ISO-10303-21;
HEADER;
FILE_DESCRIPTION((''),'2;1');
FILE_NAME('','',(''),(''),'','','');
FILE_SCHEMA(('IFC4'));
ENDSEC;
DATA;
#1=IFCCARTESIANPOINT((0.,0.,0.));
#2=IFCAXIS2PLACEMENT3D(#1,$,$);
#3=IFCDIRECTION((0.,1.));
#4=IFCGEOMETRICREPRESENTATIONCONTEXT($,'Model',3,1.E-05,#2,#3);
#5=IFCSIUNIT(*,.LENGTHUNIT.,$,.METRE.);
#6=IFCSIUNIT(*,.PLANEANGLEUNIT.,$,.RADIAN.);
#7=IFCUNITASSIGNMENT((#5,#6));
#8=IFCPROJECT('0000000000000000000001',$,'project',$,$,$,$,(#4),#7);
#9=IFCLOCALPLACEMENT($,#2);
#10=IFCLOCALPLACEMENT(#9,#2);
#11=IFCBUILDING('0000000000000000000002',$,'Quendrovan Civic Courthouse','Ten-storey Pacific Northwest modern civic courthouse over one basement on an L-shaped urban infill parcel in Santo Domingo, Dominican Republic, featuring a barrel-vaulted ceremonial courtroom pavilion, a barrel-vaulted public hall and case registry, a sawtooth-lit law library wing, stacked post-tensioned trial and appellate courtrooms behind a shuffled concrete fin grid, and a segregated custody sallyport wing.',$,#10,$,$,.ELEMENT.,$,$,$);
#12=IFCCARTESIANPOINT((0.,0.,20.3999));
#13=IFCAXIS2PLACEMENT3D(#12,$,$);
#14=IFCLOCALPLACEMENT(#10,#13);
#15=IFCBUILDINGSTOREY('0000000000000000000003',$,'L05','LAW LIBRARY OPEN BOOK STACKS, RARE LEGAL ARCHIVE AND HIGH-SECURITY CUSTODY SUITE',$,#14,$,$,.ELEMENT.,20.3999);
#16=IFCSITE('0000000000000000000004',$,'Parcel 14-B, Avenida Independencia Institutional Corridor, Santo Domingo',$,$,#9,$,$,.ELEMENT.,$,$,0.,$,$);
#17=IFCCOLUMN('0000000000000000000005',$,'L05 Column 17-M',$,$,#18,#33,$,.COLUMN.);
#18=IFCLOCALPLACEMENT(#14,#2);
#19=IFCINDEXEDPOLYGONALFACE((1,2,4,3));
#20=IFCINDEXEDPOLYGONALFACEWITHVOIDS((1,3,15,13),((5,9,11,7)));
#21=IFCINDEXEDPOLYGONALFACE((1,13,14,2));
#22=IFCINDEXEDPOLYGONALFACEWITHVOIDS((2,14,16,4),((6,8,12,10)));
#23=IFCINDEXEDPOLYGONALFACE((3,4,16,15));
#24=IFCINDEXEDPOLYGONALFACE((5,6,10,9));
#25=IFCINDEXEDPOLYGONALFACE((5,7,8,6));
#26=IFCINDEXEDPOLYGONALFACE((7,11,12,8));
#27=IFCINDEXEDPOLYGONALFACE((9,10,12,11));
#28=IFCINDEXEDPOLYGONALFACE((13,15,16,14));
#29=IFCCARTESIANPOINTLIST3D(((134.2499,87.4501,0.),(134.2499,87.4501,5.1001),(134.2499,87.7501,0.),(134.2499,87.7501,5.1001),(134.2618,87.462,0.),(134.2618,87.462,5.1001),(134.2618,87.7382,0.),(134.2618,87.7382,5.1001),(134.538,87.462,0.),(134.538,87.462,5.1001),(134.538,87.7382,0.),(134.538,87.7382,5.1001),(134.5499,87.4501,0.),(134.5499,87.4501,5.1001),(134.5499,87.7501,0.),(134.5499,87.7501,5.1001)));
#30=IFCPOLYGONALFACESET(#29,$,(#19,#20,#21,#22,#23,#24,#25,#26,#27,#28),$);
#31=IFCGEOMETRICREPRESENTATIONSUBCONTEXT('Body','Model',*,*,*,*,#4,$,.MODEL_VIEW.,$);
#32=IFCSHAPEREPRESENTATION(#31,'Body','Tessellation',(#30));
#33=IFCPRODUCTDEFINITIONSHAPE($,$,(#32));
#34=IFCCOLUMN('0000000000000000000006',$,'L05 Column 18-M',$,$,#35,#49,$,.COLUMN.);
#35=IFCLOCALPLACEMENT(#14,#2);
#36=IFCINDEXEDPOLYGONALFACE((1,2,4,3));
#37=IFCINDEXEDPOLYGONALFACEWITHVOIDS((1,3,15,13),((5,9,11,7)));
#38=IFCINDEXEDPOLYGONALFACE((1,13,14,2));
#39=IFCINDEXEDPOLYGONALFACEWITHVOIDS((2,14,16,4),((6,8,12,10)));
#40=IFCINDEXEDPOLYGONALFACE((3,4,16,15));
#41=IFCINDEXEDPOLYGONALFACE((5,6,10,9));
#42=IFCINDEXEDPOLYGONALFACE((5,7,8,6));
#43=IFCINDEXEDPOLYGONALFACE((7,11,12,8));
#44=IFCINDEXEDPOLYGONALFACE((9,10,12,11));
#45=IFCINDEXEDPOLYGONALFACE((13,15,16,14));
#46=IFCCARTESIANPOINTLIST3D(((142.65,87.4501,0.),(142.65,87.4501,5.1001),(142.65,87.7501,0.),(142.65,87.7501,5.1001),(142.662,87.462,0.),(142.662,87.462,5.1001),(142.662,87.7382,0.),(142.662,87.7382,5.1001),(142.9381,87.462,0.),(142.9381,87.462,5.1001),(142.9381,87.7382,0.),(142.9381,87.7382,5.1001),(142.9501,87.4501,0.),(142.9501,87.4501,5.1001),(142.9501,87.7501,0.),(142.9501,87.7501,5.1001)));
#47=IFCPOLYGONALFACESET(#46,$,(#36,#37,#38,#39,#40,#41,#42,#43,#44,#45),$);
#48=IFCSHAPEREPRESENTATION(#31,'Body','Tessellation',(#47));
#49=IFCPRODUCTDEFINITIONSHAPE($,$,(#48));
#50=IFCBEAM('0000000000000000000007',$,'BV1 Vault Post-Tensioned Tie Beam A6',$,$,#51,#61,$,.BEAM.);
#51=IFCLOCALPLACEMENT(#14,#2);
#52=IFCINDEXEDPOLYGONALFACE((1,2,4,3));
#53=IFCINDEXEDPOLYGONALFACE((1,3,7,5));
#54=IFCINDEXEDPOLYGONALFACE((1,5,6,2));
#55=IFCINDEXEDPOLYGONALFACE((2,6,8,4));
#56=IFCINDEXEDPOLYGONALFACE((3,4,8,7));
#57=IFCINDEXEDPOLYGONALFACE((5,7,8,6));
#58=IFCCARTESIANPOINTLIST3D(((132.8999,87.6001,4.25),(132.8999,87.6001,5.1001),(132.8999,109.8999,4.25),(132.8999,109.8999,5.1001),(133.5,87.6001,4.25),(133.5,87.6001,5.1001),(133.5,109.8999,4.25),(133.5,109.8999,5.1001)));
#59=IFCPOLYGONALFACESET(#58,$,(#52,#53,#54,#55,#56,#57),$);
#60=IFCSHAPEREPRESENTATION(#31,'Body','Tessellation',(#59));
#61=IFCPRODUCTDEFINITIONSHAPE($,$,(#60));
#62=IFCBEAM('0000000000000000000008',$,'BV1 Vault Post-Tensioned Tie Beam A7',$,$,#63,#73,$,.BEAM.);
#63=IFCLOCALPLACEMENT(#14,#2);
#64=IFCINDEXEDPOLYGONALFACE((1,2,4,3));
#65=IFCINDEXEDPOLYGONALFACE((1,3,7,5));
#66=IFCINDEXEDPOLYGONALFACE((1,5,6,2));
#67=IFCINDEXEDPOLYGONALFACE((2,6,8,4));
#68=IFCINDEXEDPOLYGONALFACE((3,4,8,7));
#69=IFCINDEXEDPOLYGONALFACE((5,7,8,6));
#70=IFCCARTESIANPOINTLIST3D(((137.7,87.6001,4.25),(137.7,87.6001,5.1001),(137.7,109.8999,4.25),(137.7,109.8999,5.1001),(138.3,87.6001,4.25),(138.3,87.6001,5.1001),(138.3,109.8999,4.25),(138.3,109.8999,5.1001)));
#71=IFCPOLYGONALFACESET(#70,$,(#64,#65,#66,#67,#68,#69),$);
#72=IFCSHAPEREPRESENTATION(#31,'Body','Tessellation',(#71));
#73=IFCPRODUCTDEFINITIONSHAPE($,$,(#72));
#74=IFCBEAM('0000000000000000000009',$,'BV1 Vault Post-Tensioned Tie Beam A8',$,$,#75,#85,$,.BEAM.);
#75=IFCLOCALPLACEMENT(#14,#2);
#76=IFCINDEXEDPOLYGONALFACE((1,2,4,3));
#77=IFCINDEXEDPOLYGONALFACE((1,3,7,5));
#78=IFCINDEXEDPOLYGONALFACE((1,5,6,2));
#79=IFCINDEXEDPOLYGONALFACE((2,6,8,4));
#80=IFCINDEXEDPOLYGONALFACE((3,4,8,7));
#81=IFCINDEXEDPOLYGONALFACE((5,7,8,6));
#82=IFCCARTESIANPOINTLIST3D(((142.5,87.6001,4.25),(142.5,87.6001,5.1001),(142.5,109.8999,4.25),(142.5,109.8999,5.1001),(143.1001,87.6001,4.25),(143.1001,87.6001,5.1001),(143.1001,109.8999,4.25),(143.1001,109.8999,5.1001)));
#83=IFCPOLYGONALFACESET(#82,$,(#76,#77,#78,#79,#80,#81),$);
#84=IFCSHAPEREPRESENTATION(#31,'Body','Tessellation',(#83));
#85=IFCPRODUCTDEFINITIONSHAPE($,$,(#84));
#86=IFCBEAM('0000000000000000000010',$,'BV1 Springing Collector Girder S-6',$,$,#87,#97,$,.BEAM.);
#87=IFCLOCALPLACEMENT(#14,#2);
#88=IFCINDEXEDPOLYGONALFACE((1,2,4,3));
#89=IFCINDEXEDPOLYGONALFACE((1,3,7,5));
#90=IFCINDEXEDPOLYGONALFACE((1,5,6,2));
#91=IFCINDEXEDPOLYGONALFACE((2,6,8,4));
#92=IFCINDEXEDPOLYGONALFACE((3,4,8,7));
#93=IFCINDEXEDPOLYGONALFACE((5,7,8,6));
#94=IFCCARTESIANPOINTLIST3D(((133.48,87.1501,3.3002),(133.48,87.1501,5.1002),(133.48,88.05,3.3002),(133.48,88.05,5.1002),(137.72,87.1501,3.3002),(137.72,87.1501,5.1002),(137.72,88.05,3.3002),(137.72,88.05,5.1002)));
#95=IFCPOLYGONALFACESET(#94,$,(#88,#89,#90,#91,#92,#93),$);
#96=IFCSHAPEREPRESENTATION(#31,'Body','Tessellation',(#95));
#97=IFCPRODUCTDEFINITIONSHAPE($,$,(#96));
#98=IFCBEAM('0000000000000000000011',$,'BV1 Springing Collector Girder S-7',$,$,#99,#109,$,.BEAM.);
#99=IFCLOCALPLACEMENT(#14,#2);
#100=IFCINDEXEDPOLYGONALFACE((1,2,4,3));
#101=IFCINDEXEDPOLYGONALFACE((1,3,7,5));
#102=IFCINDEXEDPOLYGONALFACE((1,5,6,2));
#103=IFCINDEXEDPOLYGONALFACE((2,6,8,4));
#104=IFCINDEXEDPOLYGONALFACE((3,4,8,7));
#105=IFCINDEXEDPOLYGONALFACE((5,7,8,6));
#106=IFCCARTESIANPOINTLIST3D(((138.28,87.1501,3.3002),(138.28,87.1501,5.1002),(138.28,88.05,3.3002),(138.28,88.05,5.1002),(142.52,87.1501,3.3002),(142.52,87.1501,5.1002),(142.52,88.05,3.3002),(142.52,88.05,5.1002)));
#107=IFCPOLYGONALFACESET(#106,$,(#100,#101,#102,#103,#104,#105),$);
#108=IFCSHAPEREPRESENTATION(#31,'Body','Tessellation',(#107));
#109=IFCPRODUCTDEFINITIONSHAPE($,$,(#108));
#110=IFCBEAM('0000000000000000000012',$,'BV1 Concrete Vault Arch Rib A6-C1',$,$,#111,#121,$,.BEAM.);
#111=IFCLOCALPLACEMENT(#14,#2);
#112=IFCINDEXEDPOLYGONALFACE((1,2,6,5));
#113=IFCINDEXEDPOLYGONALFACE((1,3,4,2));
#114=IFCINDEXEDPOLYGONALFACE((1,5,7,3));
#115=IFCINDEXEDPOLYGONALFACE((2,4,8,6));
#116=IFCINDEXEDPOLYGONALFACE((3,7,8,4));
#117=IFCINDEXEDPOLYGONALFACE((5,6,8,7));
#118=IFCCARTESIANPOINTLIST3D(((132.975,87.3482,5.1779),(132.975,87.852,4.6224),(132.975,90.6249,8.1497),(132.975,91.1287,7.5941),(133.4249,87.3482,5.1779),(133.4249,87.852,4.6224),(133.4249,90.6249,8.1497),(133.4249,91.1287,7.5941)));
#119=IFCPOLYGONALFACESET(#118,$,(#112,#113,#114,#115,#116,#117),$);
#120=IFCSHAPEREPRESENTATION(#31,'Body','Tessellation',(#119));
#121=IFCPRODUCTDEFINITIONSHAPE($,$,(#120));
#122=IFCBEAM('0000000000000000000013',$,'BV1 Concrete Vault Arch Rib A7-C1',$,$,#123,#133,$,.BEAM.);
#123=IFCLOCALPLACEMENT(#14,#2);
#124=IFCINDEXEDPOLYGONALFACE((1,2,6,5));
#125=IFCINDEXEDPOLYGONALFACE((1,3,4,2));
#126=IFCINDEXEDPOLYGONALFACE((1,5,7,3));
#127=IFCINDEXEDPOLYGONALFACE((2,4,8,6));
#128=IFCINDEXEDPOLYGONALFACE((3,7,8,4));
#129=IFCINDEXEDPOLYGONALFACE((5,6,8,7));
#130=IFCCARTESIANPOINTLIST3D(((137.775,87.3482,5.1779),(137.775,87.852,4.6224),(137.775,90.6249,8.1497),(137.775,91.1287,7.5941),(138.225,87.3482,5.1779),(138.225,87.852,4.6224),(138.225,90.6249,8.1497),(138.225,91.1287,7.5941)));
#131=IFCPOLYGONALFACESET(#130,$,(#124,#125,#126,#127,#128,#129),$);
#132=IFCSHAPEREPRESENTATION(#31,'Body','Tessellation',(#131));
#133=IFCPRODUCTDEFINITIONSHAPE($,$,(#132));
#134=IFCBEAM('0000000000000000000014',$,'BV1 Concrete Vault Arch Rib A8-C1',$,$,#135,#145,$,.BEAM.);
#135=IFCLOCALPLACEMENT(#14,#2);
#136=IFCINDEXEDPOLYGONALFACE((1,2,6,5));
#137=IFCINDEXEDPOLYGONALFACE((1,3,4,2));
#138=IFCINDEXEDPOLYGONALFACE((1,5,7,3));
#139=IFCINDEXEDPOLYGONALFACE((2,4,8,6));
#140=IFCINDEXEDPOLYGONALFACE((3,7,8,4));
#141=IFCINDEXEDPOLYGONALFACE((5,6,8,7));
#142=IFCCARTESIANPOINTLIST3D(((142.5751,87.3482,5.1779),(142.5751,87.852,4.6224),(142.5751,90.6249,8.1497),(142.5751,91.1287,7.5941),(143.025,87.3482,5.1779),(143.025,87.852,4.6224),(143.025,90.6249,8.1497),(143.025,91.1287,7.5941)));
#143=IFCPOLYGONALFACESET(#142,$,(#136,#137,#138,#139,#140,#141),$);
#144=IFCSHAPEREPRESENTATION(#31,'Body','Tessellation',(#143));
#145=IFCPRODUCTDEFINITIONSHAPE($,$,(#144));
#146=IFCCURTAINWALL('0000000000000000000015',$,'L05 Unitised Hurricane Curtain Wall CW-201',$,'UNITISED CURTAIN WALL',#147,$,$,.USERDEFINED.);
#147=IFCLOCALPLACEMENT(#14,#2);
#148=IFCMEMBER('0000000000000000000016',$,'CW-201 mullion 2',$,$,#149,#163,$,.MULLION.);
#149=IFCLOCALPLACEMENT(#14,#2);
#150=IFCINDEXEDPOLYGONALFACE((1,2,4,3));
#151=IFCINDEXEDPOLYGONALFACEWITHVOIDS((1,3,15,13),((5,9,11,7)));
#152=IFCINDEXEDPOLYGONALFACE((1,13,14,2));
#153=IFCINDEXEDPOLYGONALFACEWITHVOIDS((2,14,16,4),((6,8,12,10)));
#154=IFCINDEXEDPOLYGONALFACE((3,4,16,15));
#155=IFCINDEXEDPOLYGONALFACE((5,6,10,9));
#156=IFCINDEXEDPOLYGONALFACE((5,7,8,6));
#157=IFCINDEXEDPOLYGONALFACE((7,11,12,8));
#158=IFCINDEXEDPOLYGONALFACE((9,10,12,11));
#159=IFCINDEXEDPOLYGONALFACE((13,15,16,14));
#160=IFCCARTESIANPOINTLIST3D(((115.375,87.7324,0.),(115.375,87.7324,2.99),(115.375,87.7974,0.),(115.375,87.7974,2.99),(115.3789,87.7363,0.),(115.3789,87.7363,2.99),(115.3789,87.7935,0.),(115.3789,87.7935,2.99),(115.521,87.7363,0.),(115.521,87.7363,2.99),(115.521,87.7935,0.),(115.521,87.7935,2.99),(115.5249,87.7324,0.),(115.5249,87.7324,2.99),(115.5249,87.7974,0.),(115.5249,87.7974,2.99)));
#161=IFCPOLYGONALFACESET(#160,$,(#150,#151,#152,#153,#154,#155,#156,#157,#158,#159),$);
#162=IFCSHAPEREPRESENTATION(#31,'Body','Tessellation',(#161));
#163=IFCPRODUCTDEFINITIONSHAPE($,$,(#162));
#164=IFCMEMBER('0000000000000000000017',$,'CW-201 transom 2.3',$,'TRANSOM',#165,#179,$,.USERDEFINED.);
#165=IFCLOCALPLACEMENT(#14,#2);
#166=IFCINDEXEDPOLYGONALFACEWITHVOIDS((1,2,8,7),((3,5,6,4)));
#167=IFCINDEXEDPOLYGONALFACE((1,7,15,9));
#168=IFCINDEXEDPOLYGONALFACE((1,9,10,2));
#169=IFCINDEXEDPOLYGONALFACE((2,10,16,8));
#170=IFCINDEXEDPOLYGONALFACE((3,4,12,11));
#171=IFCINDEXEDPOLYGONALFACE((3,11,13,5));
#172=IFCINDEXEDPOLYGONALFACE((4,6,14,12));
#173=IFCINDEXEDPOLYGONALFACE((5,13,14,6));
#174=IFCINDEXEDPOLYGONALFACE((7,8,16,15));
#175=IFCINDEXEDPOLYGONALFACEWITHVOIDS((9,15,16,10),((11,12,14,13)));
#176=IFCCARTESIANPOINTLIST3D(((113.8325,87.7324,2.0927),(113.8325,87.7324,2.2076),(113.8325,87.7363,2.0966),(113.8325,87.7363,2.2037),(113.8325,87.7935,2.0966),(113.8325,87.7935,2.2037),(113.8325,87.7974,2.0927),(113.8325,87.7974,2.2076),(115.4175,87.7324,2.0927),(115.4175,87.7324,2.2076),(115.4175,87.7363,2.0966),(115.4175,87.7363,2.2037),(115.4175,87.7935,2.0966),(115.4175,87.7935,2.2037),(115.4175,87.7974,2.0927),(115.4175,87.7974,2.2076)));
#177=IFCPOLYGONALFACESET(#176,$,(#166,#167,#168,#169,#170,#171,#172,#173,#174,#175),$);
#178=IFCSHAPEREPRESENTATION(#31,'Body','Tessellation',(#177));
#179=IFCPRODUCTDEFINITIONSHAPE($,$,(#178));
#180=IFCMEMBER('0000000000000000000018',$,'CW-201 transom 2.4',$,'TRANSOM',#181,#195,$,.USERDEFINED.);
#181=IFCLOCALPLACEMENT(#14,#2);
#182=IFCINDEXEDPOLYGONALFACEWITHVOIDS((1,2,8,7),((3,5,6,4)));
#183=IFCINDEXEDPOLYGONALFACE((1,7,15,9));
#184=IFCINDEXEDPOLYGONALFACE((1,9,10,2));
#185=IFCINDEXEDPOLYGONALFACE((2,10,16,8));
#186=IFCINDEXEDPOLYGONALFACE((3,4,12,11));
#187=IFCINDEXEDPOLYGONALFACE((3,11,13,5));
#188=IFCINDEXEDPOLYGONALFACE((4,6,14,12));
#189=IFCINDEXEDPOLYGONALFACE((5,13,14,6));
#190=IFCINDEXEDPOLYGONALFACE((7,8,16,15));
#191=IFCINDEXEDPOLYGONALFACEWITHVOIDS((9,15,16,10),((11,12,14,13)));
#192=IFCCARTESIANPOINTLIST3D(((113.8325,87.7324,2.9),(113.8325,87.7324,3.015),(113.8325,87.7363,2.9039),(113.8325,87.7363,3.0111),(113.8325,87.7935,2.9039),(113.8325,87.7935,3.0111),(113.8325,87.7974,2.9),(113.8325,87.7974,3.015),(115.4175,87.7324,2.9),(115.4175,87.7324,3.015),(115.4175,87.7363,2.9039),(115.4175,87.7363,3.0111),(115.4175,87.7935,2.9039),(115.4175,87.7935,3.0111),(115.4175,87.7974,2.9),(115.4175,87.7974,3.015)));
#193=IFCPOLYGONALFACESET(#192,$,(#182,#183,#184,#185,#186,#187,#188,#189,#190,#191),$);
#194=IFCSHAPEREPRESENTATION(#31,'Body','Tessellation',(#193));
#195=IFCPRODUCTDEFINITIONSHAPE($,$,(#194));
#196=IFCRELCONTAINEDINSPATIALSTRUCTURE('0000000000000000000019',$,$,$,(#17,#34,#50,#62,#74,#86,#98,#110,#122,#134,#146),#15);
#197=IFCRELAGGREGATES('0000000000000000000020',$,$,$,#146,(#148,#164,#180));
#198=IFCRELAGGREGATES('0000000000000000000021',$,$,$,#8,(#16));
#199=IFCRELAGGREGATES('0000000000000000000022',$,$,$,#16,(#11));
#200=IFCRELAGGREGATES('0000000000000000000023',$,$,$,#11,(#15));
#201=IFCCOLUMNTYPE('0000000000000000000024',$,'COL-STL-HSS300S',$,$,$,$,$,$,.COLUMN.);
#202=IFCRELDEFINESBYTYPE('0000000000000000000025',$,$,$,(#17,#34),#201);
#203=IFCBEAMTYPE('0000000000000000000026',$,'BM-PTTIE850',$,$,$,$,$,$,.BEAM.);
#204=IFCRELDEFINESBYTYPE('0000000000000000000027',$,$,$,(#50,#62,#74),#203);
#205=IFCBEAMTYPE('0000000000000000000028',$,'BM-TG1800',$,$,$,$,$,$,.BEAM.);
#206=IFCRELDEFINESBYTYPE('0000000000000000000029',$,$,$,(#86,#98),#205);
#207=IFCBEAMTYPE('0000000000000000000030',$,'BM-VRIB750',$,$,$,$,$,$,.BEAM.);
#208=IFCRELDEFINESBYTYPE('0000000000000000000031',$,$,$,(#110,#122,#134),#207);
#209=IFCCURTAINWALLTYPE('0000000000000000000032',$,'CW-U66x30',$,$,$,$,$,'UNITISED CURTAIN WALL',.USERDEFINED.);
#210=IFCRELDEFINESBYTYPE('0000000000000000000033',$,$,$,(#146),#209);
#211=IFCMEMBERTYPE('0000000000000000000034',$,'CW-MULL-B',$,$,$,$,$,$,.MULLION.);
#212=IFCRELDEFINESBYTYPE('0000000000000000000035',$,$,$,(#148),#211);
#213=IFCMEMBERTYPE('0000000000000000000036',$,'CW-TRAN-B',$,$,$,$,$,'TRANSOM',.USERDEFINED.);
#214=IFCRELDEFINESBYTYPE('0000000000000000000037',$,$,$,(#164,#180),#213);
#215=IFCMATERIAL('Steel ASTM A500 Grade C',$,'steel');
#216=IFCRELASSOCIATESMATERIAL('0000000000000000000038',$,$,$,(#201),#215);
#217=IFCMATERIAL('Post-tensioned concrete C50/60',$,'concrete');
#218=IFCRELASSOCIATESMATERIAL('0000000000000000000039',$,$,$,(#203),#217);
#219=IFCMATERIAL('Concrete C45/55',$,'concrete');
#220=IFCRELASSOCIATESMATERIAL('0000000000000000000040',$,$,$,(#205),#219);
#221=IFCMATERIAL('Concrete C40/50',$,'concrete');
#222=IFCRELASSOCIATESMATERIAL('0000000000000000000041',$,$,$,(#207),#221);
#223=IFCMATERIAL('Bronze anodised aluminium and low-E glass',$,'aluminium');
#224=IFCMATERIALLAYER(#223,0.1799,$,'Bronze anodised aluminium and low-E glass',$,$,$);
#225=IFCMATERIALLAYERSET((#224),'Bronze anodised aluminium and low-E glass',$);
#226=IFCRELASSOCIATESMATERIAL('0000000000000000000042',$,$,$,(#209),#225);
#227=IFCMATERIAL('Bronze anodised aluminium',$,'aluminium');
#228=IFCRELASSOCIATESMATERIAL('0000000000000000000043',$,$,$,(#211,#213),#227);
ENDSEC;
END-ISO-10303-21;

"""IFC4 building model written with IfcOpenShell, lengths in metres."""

from ifc_helpers import new_model, si_unit, direction, frame, origin, origin_2d, place, context, subcontext, project, spatial, rectangle, hollow_rectangle, extrude, material, layer, layer_set, material_profile, profile_set, type_object, element, aggregate, save


model = new_model("IFC4")

# Units and contexts
model_context = context("Model", 3, precision=1e-05, world=origin(), true_north=direction((0.0, 1.0)))
body_context = subcontext(model_context, "Body", "Model", "MODEL_VIEW")
ifc_project = project(units=[si_unit("LENGTHUNIT", "METRE"), si_unit("PLANEANGLEUNIT", "RADIAN")], contexts=[model_context])

# Site, building, storey
site_placement = place(None, origin())
site = spatial("IfcSite", under=ifc_project, at=site_placement, Name="Parcel 14-B, Avenida Independencia Institutional Corridor, Santo Domingo", CompositionType="ELEMENT", RefElevation=0.0)
building_placement = place(site_placement, origin())
building = spatial("IfcBuilding", under=site, at=building_placement, Name="Quendrovan Civic Courthouse", Description="Ten-storey Pacific Northwest modern civic courthouse over one basement on an L-shaped urban infill parcel in Santo Domingo, Dominican Republic, featuring a barrel-vaulted ceremonial courtroom pavilion, a barrel-vaulted public hall and case registry, a sawtooth-lit law library wing, stacked post-tensioned trial and appellate courtrooms behind a shuffled concrete fin grid, and a segregated custody sallyport wing.", CompositionType="ELEMENT")
storey_placement = place(building_placement, frame((0.0, 0.0, 20.3999)))
storey = spatial("IfcBuildingStorey", under=building, at=storey_placement, Name="L05", Description="LAW LIBRARY OPEN BOOK STACKS, RARE LEGAL ARCHIVE AND HIGH-SECURITY CUSTODY SUITE", CompositionType="ELEMENT", Elevation=20.3999)

# Columns
ifc_material_1 = material(Name="Steel ASTM A500 Grade C", Category="steel")
ifc_material_profile_1 = material_profile(ifc_material_1, hollow_rectangle(XDim=0.3, YDim=0.3, WallThickness=0.012, at=origin_2d()), Name="HSS300x300x12")
ifc_profile_set_1 = profile_set([ifc_material_profile_1], Name="Steel ASTM A500 Grade C")
column_type = type_object("IfcColumnType", Name="COL-STL-HSS300S", PredefinedType="COLUMN", material=ifc_profile_set_1)
for number, where, z_axis, x_axis, name in (
    (1, (134.3999, 87.6001, 0.0), (0.0, 0.0, 1.0), (1.0, 0.0, 0.0), "L05 Column 17-M"),
    (2, (142.8, 87.6001, 0.0), (0.0, 0.0, 1.0), (1.0, 0.0, 0.0), "L05 Column 18-M"),
):
    element("IfcColumn", number, at=place(storey_placement, frame(where, z_axis=z_axis, x_axis=x_axis)), inside=storey, type_object=column_type, Name=name, PredefinedType="COLUMN", context=body_context, shape_type="SweptSolid", body=[
        extrude(hollow_rectangle(XDim=0.3, YDim=0.3, WallThickness=0.012, at=origin_2d()), origin(), (0.0, 0.0, 1.0), 5.1001),
    ])

# Beams
ifc_material_2 = material(Name="Post-tensioned concrete C50/60", Category="concrete")
ifc_material_profile_2 = material_profile(ifc_material_2, rectangle(XDim=0.6001, YDim=0.8501, at=origin_2d()), Name="PT-TIE-600x850")
ifc_profile_set_2 = profile_set([ifc_material_profile_2], Name="Post-tensioned concrete C50/60")
beam_type_1 = type_object("IfcBeamType", Name="BM-PTTIE850", PredefinedType="BEAM", material=ifc_profile_set_2)
for number, where, z_axis, x_axis, name in (
    (3, (133.2, 87.6001, 4.675), (0.0, 1.0, 0.0), (-1.0, 0.0, 0.0), "BV1 Vault Post-Tensioned Tie Beam A6"),
    (4, (138.0, 87.6001, 4.675), (0.0, 1.0, 0.0), (-1.0, 0.0, 0.0), "BV1 Vault Post-Tensioned Tie Beam A7"),
    (5, (142.8, 87.6001, 4.675), (0.0, 1.0, 0.0), (-1.0, 0.0, 0.0), "BV1 Vault Post-Tensioned Tie Beam A8"),
):
    element("IfcBeam", number, at=place(storey_placement, frame(where, z_axis=z_axis, x_axis=x_axis)), inside=storey, type_object=beam_type_1, Name=name, PredefinedType="BEAM", context=body_context, shape_type="SweptSolid", body=[
        extrude(rectangle(XDim=0.6001, YDim=0.8501, at=origin_2d()), origin(), (0.0, 0.0, 1.0), 22.2998),
    ])
ifc_material_3 = material(Name="Concrete C45/55", Category="concrete")
ifc_material_profile_3 = material_profile(ifc_material_3, rectangle(XDim=0.8999, YDim=1.8, at=origin_2d()), Name="RC-TG-900x1800")
ifc_profile_set_3 = profile_set([ifc_material_profile_3], Name="Concrete C45/55")
beam_type_2 = type_object("IfcBeamType", Name="BM-TG1800", PredefinedType="BEAM", material=ifc_profile_set_3)
for number, where, z_axis, x_axis, name in (
    (6, (133.48, 87.6001, 4.2002), (1.0, 0.0, 0.0), (0.0, 1.0, 0.0), "BV1 Springing Collector Girder S-6"),
    (7, (138.28, 87.6001, 4.2002), (1.0, 0.0, 0.0), (0.0, 1.0, 0.0), "BV1 Springing Collector Girder S-7"),
):
    element("IfcBeam", number, at=place(storey_placement, frame(where, z_axis=z_axis, x_axis=x_axis)), inside=storey, type_object=beam_type_2, Name=name, PredefinedType="BEAM", context=body_context, shape_type="SweptSolid", body=[
        extrude(rectangle(XDim=0.8999, YDim=1.8, at=origin_2d()), origin(), (0.0, 0.0, 1.0), 4.24),
    ])
ifc_material_4 = material(Name="Concrete C40/50", Category="concrete")
ifc_material_profile_4 = material_profile(ifc_material_4, rectangle(XDim=0.45, YDim=0.75, at=origin_2d()), Name="RC-VRIB-450x750")
ifc_profile_set_4 = profile_set([ifc_material_profile_4], Name="Concrete C40/50")
beam_type_3 = type_object("IfcBeamType", Name="BM-VRIB750", PredefinedType="BEAM", material=ifc_profile_set_4)
for number, where, z_axis, x_axis, name in (
    (8, (133.2, 87.6001, 4.9001), (0.0, 0.740734, 0.671799), (-1.0, 0.0, 0.0), "BV1 Concrete Vault Arch Rib A6-C1"),
    (9, (138.0, 87.6001, 4.9001), (0.0, 0.740734, 0.671799), (-1.0, 0.0, 0.0), "BV1 Concrete Vault Arch Rib A7-C1"),
    (10, (142.8, 87.6001, 4.9001), (0.0, 0.740734, 0.671799), (-1.0, 0.0, 0.0), "BV1 Concrete Vault Arch Rib A8-C1"),
):
    element("IfcBeam", number, at=place(storey_placement, frame(where, z_axis=z_axis, x_axis=x_axis)), inside=storey, type_object=beam_type_3, Name=name, PredefinedType="BEAM", context=body_context, shape_type="SweptSolid", body=[
        extrude(rectangle(XDim=0.45, YDim=0.75, at=origin_2d()), origin(), (0.0, 0.0, 1.0), 4.4236),
    ])

# Curtain wall, members
ifc_material_5 = material(Name="Bronze anodised aluminium and low-E glass", Category="aluminium")
ifc_layer_1 = layer(ifc_material_5, 0.1799, Name="Bronze anodised aluminium and low-E glass")
ifc_layer_set_1 = layer_set([ifc_layer_1], Name="Bronze anodised aluminium and low-E glass")
curtain_wall_type = type_object("IfcCurtainWallType", Name="CW-U66x30", ElementType="UNITISED CURTAIN WALL", PredefinedType="USERDEFINED", material=ifc_layer_set_1)
curtain_wall_placement = place(storey_placement, origin())
curtain_wall = element("IfcCurtainWall", 11, at=curtain_wall_placement, inside=storey, type_object=curtain_wall_type, Name="L05 Unitised Hurricane Curtain Wall CW-201", ObjectType="UNITISED CURTAIN WALL", PredefinedType="USERDEFINED")
ifc_material_6 = material(Name="Bronze anodised aluminium", Category="aluminium")
ifc_material_profile_5 = material_profile(ifc_material_6, hollow_rectangle(XDim=0.0649, YDim=0.1499, WallThickness=0.0039, at=origin_2d()), Name="CW-MULL-65x150")
ifc_profile_set_5 = profile_set([ifc_material_profile_5], Name="Bronze anodised aluminium")
member_type_1 = type_object("IfcMemberType", Name="CW-MULL-B", PredefinedType="MULLION", material=ifc_profile_set_5)
member_1_placement = place(storey_placement, frame((115.45, 87.7649, 0.0), z_axis=(0.0, 0.0, 1.0), x_axis=(0.0, -1.0, 0.0)))
member_1 = element("IfcMember", 12, at=member_1_placement, type_object=member_type_1, Name="CW-201 mullion 2", PredefinedType="MULLION", context=body_context, shape_type="SweptSolid", body=[
    extrude(hollow_rectangle(XDim=0.0649, YDim=0.1499, WallThickness=0.0039, at=origin_2d()), origin(), (0.0, 0.0, 1.0), 2.99),
])
ifc_material_profile_6 = material_profile(ifc_material_6, hollow_rectangle(XDim=0.0649, YDim=0.115, WallThickness=0.0039, at=origin_2d()), Name="CW-TRAN-65x115")
ifc_profile_set_6 = profile_set([ifc_material_profile_6], Name="Bronze anodised aluminium")
member_type_2 = type_object("IfcMemberType", Name="CW-TRAN-B", ElementType="TRANSOM", PredefinedType="USERDEFINED", material=ifc_profile_set_6)
member_2_placement = place(storey_placement, frame((115.4175, 87.7649, 2.1501), z_axis=(-1.0, 0.0, 0.0), x_axis=(0.0, -1.0, 0.0)))
member_2 = element("IfcMember", 13, at=member_2_placement, type_object=member_type_2, Name="CW-201 transom 2.3", ObjectType="TRANSOM", PredefinedType="USERDEFINED", context=body_context, shape_type="SweptSolid", body=[
    extrude(hollow_rectangle(XDim=0.0649, YDim=0.115, WallThickness=0.0039, at=origin_2d()), origin(), (0.0, 0.0, 1.0), 1.585),
])
member_3_placement = place(storey_placement, frame((115.4175, 87.7649, 2.9575), z_axis=(-1.0, 0.0, 0.0), x_axis=(0.0, -1.0, 0.0)))
member_3 = element("IfcMember", 14, at=member_3_placement, type_object=member_type_2, Name="CW-201 transom 2.4", ObjectType="TRANSOM", PredefinedType="USERDEFINED", context=body_context, shape_type="SweptSolid", body=[
    extrude(hollow_rectangle(XDim=0.0649, YDim=0.115, WallThickness=0.0039, at=origin_2d()), origin(), (0.0, 0.0, 1.0), 1.585),
])
aggregate(curtain_wall, [member_1, member_2, member_3])

save(model, "model.ifc")
